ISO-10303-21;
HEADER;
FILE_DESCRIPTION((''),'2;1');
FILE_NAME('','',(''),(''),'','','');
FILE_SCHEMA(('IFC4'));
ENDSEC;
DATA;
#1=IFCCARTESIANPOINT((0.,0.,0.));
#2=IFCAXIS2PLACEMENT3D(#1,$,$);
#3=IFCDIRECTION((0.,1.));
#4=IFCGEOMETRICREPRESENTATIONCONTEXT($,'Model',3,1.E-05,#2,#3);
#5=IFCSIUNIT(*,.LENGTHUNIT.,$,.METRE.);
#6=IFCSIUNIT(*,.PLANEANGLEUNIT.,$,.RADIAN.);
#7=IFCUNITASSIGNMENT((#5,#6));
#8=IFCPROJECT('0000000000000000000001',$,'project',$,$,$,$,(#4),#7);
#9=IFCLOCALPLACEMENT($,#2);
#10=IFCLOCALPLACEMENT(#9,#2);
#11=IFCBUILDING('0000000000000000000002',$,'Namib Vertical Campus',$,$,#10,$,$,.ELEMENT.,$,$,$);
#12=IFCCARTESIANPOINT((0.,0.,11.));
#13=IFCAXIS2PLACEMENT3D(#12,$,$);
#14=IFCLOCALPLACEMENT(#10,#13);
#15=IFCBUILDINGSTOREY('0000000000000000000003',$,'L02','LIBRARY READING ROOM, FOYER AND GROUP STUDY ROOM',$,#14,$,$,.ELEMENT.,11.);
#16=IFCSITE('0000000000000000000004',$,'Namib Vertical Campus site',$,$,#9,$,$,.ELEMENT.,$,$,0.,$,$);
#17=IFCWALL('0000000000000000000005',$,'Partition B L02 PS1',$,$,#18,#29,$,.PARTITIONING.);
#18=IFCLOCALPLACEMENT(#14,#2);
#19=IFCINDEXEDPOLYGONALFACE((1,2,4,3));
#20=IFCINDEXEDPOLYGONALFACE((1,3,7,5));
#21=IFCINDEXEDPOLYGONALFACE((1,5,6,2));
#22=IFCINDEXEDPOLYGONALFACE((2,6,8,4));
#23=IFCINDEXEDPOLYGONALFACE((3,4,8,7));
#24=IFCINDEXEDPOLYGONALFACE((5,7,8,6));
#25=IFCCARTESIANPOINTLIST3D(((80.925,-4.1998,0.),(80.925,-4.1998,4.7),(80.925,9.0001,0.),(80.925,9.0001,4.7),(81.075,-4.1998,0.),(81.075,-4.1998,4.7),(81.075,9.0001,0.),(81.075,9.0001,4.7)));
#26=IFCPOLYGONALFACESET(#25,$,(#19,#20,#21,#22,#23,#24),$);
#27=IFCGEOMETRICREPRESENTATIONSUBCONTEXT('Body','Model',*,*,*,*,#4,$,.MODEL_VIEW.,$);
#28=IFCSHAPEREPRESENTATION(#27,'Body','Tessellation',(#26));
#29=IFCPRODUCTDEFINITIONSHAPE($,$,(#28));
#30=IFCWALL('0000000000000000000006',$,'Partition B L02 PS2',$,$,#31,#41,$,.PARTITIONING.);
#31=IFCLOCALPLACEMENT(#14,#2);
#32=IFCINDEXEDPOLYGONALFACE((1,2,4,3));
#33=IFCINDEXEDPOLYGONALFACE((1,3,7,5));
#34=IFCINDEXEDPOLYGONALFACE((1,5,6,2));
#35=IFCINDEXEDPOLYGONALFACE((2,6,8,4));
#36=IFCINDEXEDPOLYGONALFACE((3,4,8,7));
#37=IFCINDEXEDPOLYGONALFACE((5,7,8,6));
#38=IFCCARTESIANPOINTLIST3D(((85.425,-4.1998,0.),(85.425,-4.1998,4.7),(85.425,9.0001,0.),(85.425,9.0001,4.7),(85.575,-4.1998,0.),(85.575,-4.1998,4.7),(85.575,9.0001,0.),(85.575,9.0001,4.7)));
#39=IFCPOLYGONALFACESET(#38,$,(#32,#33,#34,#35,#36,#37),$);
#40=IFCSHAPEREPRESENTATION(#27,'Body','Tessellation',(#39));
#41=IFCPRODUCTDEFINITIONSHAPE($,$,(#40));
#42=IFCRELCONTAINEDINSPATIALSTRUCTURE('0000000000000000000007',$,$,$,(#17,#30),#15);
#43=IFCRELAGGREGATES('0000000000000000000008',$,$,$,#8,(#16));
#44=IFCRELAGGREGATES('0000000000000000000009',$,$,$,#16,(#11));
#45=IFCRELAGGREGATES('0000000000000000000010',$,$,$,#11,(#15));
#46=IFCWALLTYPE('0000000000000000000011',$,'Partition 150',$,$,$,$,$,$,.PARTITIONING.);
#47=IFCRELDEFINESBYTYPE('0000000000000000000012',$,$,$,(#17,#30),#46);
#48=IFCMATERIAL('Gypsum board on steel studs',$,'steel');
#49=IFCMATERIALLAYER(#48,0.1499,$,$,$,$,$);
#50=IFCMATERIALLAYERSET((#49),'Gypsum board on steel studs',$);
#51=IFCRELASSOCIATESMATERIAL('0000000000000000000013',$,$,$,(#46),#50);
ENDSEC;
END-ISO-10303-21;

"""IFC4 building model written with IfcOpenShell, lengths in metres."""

from ifc_helpers import new_model, si_unit, direction, frame, frame_2d, origin, place, context, subcontext, project, spatial, rectangle, extrude, material, layer, layer_set, type_object, element, save


model = new_model("IFC4")

# Units and contexts
model_context = context("Model", 3, precision=1e-05, world=origin(), true_north=direction((0.0, 1.0)))
body_context = subcontext(model_context, "Body", "Model", "MODEL_VIEW")
ifc_project = project(units=[si_unit("LENGTHUNIT", "METRE"), si_unit("PLANEANGLEUNIT", "RADIAN")], contexts=[model_context])

# Site, building, storey
site_placement = place(None, origin())
site = spatial("IfcSite", under=ifc_project, at=site_placement, Name="Namib Vertical Campus site", CompositionType="ELEMENT", RefElevation=0.0)
building_placement = place(site_placement, origin())
building = spatial("IfcBuilding", under=site, at=building_placement, Name="Namib Vertical Campus", CompositionType="ELEMENT")
storey_placement = place(building_placement, frame((0.0, 0.0, 11.0)))
storey = spatial("IfcBuildingStorey", under=building, at=storey_placement, Name="L02", Description="LIBRARY READING ROOM, FOYER AND GROUP STUDY ROOM", CompositionType="ELEMENT", Elevation=11.0)

# Walls
ifc_material_1 = material(Name="Gypsum board on steel studs", Category="steel")
ifc_layer_1 = layer(ifc_material_1, 0.1499)
ifc_layer_set_1 = layer_set([ifc_layer_1], Name="Gypsum board on steel studs")
wall_type_1 = type_object("IfcWallType", Name="Partition 150", PredefinedType="PARTITIONING", material=ifc_layer_set_1)
for number, where, z_axis, x_axis, name in (
    (1, (81.0, -4.2, 0.0), (0.0, 0.0, 1.0), (0.0, 1.0, 0.0), "Partition B L02 PS1"),
    (2, (85.5, -4.2, 0.0), (0.0, 0.0, 1.0), (0.0, 1.0, 0.0), "Partition B L02 PS2"),
):
    element("IfcWall", number, at=place(storey_placement, frame(where, z_axis=z_axis, x_axis=x_axis)), inside=storey, type_object=wall_type_1, Name=name, PredefinedType="PARTITIONING", context=body_context, shape_type="SweptSolid", body=[
        extrude(rectangle(XDim=13.2, YDim=0.1499, at=frame_2d((6.6001, 0.0))), origin(), (0.0, 0.0, 1.0), 4.7),
    ])

save(model, "model.ifc")
